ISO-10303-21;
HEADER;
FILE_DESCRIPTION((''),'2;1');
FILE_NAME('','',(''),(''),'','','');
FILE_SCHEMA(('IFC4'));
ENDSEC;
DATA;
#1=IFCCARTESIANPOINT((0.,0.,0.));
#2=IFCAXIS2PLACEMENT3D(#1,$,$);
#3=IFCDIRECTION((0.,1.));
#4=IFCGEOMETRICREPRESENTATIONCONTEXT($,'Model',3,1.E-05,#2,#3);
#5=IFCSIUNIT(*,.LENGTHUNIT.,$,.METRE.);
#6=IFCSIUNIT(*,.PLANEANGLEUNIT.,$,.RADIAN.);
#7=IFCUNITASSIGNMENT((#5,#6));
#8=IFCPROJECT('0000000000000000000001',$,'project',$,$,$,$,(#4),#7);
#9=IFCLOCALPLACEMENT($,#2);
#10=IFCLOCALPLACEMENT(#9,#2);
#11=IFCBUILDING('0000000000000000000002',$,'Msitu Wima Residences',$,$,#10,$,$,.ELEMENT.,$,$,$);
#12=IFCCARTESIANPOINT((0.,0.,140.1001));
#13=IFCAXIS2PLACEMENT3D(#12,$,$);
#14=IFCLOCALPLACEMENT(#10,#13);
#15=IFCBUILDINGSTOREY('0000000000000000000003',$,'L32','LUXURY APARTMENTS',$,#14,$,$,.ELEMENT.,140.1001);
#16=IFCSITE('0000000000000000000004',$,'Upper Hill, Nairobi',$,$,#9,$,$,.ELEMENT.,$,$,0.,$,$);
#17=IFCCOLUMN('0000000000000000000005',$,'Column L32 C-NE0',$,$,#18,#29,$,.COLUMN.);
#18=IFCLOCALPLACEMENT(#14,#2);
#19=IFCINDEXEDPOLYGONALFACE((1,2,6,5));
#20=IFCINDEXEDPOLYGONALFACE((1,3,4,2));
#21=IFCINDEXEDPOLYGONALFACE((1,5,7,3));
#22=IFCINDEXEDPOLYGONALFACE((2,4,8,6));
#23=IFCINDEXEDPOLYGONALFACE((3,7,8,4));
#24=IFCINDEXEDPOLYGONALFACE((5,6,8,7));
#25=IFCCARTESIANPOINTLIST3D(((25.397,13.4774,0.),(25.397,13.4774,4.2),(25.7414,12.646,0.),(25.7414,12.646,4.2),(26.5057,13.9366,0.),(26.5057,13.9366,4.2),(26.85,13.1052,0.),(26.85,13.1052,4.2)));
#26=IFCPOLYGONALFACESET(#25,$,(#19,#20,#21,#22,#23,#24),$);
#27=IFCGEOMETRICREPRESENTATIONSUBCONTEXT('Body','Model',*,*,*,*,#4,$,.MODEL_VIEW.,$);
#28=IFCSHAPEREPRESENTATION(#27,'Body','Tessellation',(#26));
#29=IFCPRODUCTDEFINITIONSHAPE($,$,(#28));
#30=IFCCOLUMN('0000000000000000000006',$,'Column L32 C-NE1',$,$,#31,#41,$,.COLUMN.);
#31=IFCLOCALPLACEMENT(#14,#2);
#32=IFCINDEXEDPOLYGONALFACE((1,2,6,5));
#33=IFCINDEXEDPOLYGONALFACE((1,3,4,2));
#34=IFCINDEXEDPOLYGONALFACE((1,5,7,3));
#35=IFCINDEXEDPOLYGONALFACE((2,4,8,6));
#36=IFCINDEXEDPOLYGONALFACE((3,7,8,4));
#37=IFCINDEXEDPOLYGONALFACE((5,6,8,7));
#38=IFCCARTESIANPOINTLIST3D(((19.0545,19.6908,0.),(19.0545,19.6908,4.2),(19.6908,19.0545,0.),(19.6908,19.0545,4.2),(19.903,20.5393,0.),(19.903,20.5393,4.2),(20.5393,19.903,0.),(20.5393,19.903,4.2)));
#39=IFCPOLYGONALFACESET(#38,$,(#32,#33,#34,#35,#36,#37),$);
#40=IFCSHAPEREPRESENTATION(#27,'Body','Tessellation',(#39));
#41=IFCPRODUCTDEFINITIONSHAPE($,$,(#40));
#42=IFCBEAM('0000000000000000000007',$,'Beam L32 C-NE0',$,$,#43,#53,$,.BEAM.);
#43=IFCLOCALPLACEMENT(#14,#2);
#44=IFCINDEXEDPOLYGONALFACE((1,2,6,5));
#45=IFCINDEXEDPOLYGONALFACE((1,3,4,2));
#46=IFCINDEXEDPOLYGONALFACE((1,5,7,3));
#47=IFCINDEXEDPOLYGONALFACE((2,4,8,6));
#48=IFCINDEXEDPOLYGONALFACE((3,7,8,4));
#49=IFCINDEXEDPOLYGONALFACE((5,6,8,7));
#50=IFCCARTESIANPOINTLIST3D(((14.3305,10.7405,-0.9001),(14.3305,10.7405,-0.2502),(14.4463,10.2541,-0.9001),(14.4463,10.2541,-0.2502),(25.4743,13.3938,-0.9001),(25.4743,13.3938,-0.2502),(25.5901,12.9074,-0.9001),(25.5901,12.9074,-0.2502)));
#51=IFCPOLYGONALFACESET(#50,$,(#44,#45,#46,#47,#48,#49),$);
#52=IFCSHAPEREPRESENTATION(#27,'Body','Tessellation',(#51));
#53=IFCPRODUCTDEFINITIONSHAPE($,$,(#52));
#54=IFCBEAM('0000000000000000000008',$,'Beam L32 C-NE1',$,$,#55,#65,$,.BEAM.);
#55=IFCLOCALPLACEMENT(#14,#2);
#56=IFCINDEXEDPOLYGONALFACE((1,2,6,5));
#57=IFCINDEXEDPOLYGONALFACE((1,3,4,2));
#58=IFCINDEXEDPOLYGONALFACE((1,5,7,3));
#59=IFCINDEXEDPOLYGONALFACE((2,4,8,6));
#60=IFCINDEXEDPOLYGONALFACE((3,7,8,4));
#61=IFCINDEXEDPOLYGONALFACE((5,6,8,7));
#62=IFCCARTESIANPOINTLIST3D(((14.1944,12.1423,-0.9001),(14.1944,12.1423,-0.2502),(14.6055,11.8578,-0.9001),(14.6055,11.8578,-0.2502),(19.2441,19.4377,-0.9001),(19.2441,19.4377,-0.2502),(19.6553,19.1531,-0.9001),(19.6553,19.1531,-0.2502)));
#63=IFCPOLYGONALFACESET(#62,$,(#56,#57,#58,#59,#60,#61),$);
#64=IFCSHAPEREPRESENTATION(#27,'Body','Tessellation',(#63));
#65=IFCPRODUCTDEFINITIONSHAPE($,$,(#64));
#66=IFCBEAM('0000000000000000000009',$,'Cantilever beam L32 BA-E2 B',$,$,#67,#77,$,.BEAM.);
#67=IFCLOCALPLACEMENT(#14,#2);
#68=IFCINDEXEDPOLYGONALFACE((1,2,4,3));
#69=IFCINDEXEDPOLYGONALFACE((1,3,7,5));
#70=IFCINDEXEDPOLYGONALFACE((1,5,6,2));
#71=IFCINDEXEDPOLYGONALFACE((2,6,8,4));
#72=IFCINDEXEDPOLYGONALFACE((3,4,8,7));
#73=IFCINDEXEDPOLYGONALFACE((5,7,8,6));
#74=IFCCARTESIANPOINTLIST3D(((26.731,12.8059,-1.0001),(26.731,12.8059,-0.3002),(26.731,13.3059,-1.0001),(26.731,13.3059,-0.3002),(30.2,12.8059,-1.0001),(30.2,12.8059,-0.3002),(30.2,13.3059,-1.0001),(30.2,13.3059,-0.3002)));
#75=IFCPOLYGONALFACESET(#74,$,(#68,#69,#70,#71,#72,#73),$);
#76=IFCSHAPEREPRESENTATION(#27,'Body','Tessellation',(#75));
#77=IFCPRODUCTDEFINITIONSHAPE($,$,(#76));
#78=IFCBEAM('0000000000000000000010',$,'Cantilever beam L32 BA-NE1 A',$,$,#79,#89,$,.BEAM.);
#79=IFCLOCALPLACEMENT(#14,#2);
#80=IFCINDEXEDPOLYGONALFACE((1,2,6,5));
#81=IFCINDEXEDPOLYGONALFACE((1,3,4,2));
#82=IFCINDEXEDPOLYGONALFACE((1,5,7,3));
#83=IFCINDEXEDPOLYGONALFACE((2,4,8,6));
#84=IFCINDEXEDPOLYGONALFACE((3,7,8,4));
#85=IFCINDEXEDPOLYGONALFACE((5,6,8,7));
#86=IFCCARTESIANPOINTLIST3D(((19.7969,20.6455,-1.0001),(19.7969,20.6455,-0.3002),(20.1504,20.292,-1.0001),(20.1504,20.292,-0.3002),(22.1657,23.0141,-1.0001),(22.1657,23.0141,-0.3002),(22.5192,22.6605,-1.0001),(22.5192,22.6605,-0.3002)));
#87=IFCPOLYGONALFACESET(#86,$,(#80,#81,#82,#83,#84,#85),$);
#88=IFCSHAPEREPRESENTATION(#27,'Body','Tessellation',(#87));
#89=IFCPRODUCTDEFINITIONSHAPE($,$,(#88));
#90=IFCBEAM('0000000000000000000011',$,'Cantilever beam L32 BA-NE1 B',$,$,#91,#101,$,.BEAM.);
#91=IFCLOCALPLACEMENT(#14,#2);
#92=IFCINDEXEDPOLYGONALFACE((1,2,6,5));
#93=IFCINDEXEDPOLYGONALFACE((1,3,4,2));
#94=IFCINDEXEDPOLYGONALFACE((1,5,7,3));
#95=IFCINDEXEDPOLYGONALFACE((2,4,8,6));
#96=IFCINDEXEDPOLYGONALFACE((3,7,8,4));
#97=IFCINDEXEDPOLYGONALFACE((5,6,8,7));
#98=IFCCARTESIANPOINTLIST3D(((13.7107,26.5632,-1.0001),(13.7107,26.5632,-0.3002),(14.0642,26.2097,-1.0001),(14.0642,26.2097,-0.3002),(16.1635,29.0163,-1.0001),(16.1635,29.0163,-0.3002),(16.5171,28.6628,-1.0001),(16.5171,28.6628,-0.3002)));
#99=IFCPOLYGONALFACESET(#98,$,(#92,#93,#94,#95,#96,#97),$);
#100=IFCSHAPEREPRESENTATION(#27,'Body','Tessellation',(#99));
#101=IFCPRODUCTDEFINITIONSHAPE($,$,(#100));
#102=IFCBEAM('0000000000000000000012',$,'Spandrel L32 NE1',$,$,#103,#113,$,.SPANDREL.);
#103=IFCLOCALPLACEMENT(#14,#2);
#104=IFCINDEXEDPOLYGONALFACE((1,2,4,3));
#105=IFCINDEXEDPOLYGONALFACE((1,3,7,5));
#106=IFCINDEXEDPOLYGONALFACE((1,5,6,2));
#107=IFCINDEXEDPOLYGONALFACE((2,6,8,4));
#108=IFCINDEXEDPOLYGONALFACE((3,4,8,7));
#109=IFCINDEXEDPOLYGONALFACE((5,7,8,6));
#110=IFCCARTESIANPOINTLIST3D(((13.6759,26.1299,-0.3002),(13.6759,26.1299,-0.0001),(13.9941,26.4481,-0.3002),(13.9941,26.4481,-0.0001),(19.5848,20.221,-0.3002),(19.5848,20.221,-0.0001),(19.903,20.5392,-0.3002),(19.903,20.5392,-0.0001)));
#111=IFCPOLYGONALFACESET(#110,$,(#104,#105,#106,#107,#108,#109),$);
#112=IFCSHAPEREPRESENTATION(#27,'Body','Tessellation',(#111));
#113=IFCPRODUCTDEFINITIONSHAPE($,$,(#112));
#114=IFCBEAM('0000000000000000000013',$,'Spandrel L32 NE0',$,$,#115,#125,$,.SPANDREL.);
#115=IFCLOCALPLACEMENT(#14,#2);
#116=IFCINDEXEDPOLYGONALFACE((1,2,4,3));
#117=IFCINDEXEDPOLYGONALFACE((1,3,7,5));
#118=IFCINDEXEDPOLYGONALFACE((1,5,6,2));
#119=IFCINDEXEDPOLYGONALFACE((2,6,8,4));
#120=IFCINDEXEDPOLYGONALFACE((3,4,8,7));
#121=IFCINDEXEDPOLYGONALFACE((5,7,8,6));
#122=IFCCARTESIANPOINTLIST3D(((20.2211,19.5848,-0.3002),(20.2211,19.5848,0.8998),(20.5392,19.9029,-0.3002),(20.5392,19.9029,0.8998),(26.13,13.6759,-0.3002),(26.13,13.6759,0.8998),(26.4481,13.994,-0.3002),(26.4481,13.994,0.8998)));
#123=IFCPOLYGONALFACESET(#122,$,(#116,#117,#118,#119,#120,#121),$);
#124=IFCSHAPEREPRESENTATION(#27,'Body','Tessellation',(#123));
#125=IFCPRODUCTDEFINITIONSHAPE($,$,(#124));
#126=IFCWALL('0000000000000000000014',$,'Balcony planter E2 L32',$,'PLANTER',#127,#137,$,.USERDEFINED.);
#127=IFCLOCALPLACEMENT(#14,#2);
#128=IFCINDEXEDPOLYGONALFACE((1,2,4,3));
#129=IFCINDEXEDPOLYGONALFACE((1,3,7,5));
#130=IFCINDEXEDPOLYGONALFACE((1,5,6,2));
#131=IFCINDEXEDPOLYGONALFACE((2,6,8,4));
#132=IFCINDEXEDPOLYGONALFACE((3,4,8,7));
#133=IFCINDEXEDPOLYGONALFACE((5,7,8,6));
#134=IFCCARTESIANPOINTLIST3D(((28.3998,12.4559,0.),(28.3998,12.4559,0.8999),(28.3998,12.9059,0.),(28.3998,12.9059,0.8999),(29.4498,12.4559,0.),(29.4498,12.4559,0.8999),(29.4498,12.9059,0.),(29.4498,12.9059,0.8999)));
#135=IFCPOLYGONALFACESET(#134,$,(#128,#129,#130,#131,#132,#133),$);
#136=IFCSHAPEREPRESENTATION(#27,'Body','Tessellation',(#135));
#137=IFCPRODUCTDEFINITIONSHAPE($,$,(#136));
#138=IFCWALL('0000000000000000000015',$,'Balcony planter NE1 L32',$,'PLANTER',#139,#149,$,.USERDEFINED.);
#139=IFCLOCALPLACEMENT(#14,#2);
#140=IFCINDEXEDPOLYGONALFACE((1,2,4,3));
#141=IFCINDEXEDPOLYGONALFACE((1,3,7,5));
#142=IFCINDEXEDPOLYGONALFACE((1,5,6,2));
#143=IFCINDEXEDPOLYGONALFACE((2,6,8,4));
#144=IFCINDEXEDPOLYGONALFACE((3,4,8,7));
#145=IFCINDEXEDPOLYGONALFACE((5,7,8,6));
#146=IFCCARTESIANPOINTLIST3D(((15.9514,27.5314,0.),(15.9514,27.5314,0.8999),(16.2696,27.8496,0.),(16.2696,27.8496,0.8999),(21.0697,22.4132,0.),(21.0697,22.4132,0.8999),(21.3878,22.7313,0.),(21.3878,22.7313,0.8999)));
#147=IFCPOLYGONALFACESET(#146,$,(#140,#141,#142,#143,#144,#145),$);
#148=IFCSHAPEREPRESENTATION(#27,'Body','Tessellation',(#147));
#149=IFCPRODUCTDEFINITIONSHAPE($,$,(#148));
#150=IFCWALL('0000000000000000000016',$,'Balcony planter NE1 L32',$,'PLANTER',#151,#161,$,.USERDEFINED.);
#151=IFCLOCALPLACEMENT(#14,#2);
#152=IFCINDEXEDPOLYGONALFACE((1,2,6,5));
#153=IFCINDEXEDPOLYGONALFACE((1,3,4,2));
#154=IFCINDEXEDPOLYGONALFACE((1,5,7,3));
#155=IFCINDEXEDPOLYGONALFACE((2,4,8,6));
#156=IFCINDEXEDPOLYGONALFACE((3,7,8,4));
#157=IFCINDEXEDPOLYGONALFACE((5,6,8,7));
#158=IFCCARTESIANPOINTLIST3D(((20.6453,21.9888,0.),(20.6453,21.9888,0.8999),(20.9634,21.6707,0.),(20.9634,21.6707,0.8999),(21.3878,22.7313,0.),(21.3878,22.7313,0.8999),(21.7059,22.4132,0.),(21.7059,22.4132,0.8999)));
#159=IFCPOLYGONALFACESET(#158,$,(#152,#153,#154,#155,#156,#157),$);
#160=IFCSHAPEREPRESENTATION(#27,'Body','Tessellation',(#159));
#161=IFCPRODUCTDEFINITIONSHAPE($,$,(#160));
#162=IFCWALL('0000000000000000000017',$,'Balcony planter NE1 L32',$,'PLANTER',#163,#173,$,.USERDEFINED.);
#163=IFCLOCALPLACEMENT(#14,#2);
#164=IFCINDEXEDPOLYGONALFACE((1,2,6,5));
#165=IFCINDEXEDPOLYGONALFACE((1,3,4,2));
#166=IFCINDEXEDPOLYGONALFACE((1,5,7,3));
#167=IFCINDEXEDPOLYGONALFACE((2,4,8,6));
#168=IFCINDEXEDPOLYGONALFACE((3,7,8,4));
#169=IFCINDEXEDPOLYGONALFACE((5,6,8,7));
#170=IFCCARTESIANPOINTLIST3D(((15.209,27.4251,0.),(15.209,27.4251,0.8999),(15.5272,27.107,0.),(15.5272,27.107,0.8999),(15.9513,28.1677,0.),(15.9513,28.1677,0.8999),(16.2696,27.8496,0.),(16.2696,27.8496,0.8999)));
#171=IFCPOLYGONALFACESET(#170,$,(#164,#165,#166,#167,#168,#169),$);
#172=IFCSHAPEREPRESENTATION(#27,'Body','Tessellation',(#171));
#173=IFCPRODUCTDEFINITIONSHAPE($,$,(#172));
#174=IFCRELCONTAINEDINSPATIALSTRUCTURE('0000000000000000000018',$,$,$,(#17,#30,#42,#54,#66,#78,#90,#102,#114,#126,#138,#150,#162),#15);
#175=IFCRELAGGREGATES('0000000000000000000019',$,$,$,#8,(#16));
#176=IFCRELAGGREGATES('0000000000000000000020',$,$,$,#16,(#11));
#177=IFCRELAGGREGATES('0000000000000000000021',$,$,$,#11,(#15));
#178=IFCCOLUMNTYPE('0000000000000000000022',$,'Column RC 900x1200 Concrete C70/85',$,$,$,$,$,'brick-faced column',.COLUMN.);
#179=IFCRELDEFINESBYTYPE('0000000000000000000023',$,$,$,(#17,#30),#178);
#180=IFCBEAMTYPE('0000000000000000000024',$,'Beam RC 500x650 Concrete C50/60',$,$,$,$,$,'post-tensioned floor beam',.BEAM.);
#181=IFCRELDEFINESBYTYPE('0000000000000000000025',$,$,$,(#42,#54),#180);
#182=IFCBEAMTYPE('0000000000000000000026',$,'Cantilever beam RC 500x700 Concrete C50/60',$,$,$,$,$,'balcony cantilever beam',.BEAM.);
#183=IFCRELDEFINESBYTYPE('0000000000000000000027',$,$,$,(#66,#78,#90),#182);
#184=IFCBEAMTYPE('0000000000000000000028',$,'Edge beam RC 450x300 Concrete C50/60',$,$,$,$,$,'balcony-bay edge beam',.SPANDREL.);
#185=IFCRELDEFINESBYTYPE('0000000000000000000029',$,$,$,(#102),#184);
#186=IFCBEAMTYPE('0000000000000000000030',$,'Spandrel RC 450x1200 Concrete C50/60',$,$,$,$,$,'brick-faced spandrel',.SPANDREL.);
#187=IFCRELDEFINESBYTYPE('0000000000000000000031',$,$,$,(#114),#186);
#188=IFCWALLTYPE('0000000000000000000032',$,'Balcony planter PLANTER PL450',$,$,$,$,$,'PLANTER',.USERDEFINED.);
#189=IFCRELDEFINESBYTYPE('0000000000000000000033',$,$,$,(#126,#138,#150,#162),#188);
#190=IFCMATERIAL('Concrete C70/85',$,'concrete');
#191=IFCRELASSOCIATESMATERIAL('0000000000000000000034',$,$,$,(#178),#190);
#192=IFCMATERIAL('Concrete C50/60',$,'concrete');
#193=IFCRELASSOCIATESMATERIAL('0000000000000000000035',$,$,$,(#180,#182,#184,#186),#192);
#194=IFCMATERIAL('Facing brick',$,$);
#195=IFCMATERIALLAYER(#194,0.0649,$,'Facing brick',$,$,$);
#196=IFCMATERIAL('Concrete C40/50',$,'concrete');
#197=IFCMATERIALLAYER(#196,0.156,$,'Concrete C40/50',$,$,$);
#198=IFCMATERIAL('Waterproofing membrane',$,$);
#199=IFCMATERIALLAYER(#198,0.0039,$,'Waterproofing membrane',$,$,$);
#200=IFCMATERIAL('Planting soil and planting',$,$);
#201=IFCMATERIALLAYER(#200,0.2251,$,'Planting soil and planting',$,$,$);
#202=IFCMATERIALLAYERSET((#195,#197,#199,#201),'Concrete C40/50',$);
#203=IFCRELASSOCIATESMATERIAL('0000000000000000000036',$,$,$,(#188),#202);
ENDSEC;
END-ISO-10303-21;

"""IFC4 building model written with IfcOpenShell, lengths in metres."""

from ifc_helpers import new_model, si_unit, direction, frame, frame_2d, origin, origin_2d, place, context, subcontext, project, spatial, rectangle, extrude, material, layer, layer_set, material_profile, profile_set, type_object, element, save


model = new_model("IFC4")

# Units and contexts
model_context = context("Model", 3, precision=1e-05, world=origin(), true_north=direction((0.0, 1.0)))
body_context = subcontext(model_context, "Body", "Model", "MODEL_VIEW")
ifc_project = project(units=[si_unit("LENGTHUNIT", "METRE"), si_unit("PLANEANGLEUNIT", "RADIAN")], contexts=[model_context])

# Site, building, storey
site_placement = place(None, origin())
site = spatial("IfcSite", under=ifc_project, at=site_placement, Name="Upper Hill, Nairobi", CompositionType="ELEMENT", RefElevation=0.0)
building_placement = place(site_placement, origin())
building = spatial("IfcBuilding", under=site, at=building_placement, Name="Msitu Wima Residences", CompositionType="ELEMENT")
storey_placement = place(building_placement, frame((0.0, 0.0, 140.1001)))
storey = spatial("IfcBuildingStorey", under=building, at=storey_placement, Name="L32", Description="LUXURY APARTMENTS", CompositionType="ELEMENT", Elevation=140.1001)

# Columns
ifc_material_1 = material(Name="Concrete C70/85", Category="concrete")
ifc_material_profile_1 = material_profile(ifc_material_1, rectangle(XDim=0.8999, YDim=1.2, at=origin_2d()), Name="RC 900x1200")
ifc_profile_set_1 = profile_set([ifc_material_profile_1], Name="Concrete C70/85")
column_type = type_object("IfcColumnType", Name="Column RC 900x1200 Concrete C70/85", ElementType="brick-faced column", PredefinedType="COLUMN", material=ifc_profile_set_1)
for number, where, z_axis, x_axis, name in (
    (1, (26.1235, 13.2913, 0.0), (0.0, 0.0, 1.0), (-0.382683, 0.92388, 0.0), "Column L32 C-NE0"),
    (2, (19.7969, 19.7969, 0.0), (0.0, 0.0, 1.0), (-0.707107, 0.707107, 0.0), "Column L32 C-NE1"),
):
    element("IfcColumn", number, at=place(storey_placement, frame(where, z_axis=z_axis, x_axis=x_axis)), inside=storey, type_object=column_type, Name=name, PredefinedType="COLUMN", context=body_context, shape_type="SweptSolid", body=[
        extrude(rectangle(XDim=0.8999, YDim=1.2, at=origin_2d()), origin(), (0.0, 0.0, 1.0), 4.2),
    ])

# Beams
ifc_material_2 = material(Name="Concrete C50/60", Category="concrete")
ifc_material_profile_2 = material_profile(ifc_material_2, rectangle(XDim=0.5, YDim=0.6499, at=origin_2d()), Name="RC 500x650")
ifc_profile_set_2 = profile_set([ifc_material_profile_2], Name="Concrete C50/60")
beam_type_1 = type_object("IfcBeamType", Name="Beam RC 500x650 Concrete C50/60", ElementType="post-tensioned floor beam", PredefinedType="BEAM", material=ifc_profile_set_2)
beam_1_placement = place(storey_placement, frame((25.5322, 13.1506, -0.5752), z_axis=(-0.972806, -0.231623, 0.0), x_axis=(0.231623, -0.972806, 0.0)))
element("IfcBeam", 3, at=beam_1_placement, inside=storey, type_object=beam_type_1, Name="Beam L32 C-NE0", PredefinedType="BEAM", context=body_context, shape_type="SweptSolid", body=[
    extrude(rectangle(XDim=0.5, YDim=0.6499, at=origin_2d()), origin(), (0.0, 0.0, 1.0), 11.4553),
])
beam_2_placement = place(storey_placement, frame((19.4497, 19.2954, -0.5752), z_axis=(-0.569144, -0.822238, 0.0), x_axis=(0.822238, -0.569144, 0.0)))
element("IfcBeam", 4, at=beam_2_placement, inside=storey, type_object=beam_type_1, Name="Beam L32 C-NE1", PredefinedType="BEAM", context=body_context, shape_type="SweptSolid", body=[
    extrude(rectangle(XDim=0.5, YDim=0.6499, at=origin_2d()), origin(), (0.0, 0.0, 1.0), 8.8726),
])
ifc_material_profile_3 = material_profile(ifc_material_2, rectangle(XDim=0.5, YDim=0.7, at=origin_2d()), Name="RC 500x700")
ifc_profile_set_3 = profile_set([ifc_material_profile_3], Name="Concrete C50/60")
beam_type_2 = type_object("IfcBeamType", Name="Cantilever beam RC 500x700 Concrete C50/60", ElementType="balcony cantilever beam", PredefinedType="BEAM", material=ifc_profile_set_3)
beam_3_placement = place(storey_placement, frame((26.731, 13.0559, -0.6501), z_axis=(1.0, 0.0, 0.0), x_axis=(0.0, 1.0, 0.0)))
element("IfcBeam", 5, at=beam_3_placement, inside=storey, type_object=beam_type_2, Name="Cantilever beam L32 BA-E2 B", PredefinedType="BEAM", context=body_context, shape_type="SweptSolid", body=[
    extrude(rectangle(XDim=0.5, YDim=0.7, at=origin_2d()), origin(), (0.0, 0.0, 1.0), 3.469),
])
beam_4_placement = place(storey_placement, frame((19.9736, 20.4688, -0.6501), z_axis=(0.707143, 0.70707, 0.0), x_axis=(-0.70707, 0.707143, 0.0)))
element("IfcBeam", 6, at=beam_4_placement, inside=storey, type_object=beam_type_2, Name="Cantilever beam L32 BA-NE1 A", PredefinedType="BEAM", context=body_context, shape_type="SweptSolid", body=[
    extrude(rectangle(XDim=0.5, YDim=0.7, at=origin_2d()), origin(), (0.0, 0.0, 1.0), 3.3499),
])
beam_5_placement = place(storey_placement, frame((13.8875, 26.3865, -0.6501), z_axis=(0.707072, 0.707142, 0.0), x_axis=(-0.707142, 0.707072, 0.0)))
element("IfcBeam", 7, at=beam_5_placement, inside=storey, type_object=beam_type_2, Name="Cantilever beam L32 BA-NE1 B", PredefinedType="BEAM", context=body_context, shape_type="SweptSolid", body=[
    extrude(rectangle(XDim=0.5, YDim=0.7, at=origin_2d()), origin(), (0.0, 0.0, 1.0), 3.469),
])
ifc_material_profile_4 = material_profile(ifc_material_2, rectangle(XDim=0.45, YDim=0.3, at=origin_2d()), Name="RC 450x300")
ifc_profile_set_4 = profile_set([ifc_material_profile_4], Name="Concrete C50/60")
beam_type_3 = type_object("IfcBeamType", Name="Edge beam RC 450x300 Concrete C50/60", ElementType="balcony-bay edge beam", PredefinedType="SPANDREL", material=ifc_profile_set_4)
beam_6_placement = place(storey_placement, frame((19.7439, 20.3801, -0.1501), z_axis=(-0.707107, 0.707107, 0.0), x_axis=(-0.707107, -0.707107, 0.0)))
element("IfcBeam", 8, at=beam_6_placement, inside=storey, type_object=beam_type_3, Name="Spandrel L32 NE1", PredefinedType="SPANDREL", context=body_context, shape_type="SweptSolid", body=[
    extrude(rectangle(XDim=0.45, YDim=0.3, at=origin_2d()), origin(), (0.0, 0.0, 1.0), 8.3564),
])
ifc_material_profile_5 = material_profile(ifc_material_2, rectangle(XDim=0.45, YDim=1.2, at=origin_2d()), Name="RC 450x1200")
ifc_profile_set_5 = profile_set([ifc_material_profile_5], Name="Concrete C50/60")
beam_type_4 = type_object("IfcBeamType", Name="Spandrel RC 450x1200 Concrete C50/60", ElementType="brick-faced spandrel", PredefinedType="SPANDREL", material=ifc_profile_set_5)
beam_7_placement = place(storey_placement, frame((26.2891, 13.835, 0.2998), z_axis=(-0.707107, 0.707107, 0.0), x_axis=(-0.707107, -0.707107, 0.0)))
element("IfcBeam", 9, at=beam_7_placement, inside=storey, type_object=beam_type_4, Name="Spandrel L32 NE0", PredefinedType="SPANDREL", context=body_context, shape_type="SweptSolid", body=[
    extrude(rectangle(XDim=0.45, YDim=1.2, at=origin_2d()), origin(), (0.0, 0.0, 1.0), 8.3564),
])

# Walls
ifc_material_3 = material(Name="Facing brick")
ifc_layer_1 = layer(ifc_material_3, 0.0649, Name="Facing brick")
ifc_material_4 = material(Name="Concrete C40/50", Category="concrete")
ifc_layer_2 = layer(ifc_material_4, 0.156, Name="Concrete C40/50")
ifc_material_5 = material(Name="Waterproofing membrane")
ifc_layer_3 = layer(ifc_material_5, 0.0039, Name="Waterproofing membrane")
ifc_material_6 = material(Name="Planting soil and planting")
ifc_layer_4 = layer(ifc_material_6, 0.2251, Name="Planting soil and planting")
ifc_layer_set_1 = layer_set([ifc_layer_1, ifc_layer_2, ifc_layer_3, ifc_layer_4], Name="Concrete C40/50")
wall_type_1 = type_object("IfcWallType", Name="Balcony planter PLANTER PL450", ElementType="PLANTER", PredefinedType="USERDEFINED", material=ifc_layer_set_1)
wall_1_placement = place(storey_placement, frame((28.3999, 12.6809, 0.0), z_axis=(0.0, 0.0, 1.0), x_axis=(1.0, 0.0, 0.0)))
element("IfcWall", 10, at=wall_1_placement, inside=storey, type_object=wall_type_1, Name="Balcony planter E2 L32", ObjectType="PLANTER", PredefinedType="USERDEFINED", context=body_context, shape_type="SweptSolid", body=[
    extrude(rectangle(XDim=1.05, YDim=0.45, at=frame_2d((0.5249, 0.0))), origin(), (0.0, 0.0, 1.0), 0.8999),
])
wall_2_placement = place(storey_placement, frame((21.2288, 22.5723, 0.0), z_axis=(0.0, 0.0, 1.0), x_axis=(-0.707107, 0.707107, 0.0)))
element("IfcWall", 11, at=wall_2_placement, inside=storey, type_object=wall_type_1, Name="Balcony planter NE1 L32", ObjectType="PLANTER", PredefinedType="USERDEFINED", context=body_context, shape_type="SweptSolid", body=[
    extrude(rectangle(XDim=7.2383, YDim=0.45, at=frame_2d((3.6191, 0.0))), origin(), (0.0, 0.0, 1.0), 0.8999),
])
for number, where, z_axis, x_axis, name in (
    (12, (20.8044, 21.8298, 0.0), (0.0, 0.0, 1.0), (0.707107, 0.707107, 0.0), "Balcony planter NE1 L32"),
    (13, (15.3682, 27.2661, 0.0), (0.0, 0.0, 1.0), (0.706991, 0.707223, 0.0), "Balcony planter NE1 L32"),
):
    element("IfcWall", number, at=place(storey_placement, frame(where, z_axis=z_axis, x_axis=x_axis)), inside=storey, type_object=wall_type_1, Name=name, ObjectType="PLANTER", PredefinedType="USERDEFINED", context=body_context, shape_type="SweptSolid", body=[
        extrude(rectangle(XDim=1.05, YDim=0.45, at=frame_2d((0.5249, 0.0))), origin(), (0.0, 0.0, 1.0), 0.8999),
    ])

save(model, "model.ifc")
